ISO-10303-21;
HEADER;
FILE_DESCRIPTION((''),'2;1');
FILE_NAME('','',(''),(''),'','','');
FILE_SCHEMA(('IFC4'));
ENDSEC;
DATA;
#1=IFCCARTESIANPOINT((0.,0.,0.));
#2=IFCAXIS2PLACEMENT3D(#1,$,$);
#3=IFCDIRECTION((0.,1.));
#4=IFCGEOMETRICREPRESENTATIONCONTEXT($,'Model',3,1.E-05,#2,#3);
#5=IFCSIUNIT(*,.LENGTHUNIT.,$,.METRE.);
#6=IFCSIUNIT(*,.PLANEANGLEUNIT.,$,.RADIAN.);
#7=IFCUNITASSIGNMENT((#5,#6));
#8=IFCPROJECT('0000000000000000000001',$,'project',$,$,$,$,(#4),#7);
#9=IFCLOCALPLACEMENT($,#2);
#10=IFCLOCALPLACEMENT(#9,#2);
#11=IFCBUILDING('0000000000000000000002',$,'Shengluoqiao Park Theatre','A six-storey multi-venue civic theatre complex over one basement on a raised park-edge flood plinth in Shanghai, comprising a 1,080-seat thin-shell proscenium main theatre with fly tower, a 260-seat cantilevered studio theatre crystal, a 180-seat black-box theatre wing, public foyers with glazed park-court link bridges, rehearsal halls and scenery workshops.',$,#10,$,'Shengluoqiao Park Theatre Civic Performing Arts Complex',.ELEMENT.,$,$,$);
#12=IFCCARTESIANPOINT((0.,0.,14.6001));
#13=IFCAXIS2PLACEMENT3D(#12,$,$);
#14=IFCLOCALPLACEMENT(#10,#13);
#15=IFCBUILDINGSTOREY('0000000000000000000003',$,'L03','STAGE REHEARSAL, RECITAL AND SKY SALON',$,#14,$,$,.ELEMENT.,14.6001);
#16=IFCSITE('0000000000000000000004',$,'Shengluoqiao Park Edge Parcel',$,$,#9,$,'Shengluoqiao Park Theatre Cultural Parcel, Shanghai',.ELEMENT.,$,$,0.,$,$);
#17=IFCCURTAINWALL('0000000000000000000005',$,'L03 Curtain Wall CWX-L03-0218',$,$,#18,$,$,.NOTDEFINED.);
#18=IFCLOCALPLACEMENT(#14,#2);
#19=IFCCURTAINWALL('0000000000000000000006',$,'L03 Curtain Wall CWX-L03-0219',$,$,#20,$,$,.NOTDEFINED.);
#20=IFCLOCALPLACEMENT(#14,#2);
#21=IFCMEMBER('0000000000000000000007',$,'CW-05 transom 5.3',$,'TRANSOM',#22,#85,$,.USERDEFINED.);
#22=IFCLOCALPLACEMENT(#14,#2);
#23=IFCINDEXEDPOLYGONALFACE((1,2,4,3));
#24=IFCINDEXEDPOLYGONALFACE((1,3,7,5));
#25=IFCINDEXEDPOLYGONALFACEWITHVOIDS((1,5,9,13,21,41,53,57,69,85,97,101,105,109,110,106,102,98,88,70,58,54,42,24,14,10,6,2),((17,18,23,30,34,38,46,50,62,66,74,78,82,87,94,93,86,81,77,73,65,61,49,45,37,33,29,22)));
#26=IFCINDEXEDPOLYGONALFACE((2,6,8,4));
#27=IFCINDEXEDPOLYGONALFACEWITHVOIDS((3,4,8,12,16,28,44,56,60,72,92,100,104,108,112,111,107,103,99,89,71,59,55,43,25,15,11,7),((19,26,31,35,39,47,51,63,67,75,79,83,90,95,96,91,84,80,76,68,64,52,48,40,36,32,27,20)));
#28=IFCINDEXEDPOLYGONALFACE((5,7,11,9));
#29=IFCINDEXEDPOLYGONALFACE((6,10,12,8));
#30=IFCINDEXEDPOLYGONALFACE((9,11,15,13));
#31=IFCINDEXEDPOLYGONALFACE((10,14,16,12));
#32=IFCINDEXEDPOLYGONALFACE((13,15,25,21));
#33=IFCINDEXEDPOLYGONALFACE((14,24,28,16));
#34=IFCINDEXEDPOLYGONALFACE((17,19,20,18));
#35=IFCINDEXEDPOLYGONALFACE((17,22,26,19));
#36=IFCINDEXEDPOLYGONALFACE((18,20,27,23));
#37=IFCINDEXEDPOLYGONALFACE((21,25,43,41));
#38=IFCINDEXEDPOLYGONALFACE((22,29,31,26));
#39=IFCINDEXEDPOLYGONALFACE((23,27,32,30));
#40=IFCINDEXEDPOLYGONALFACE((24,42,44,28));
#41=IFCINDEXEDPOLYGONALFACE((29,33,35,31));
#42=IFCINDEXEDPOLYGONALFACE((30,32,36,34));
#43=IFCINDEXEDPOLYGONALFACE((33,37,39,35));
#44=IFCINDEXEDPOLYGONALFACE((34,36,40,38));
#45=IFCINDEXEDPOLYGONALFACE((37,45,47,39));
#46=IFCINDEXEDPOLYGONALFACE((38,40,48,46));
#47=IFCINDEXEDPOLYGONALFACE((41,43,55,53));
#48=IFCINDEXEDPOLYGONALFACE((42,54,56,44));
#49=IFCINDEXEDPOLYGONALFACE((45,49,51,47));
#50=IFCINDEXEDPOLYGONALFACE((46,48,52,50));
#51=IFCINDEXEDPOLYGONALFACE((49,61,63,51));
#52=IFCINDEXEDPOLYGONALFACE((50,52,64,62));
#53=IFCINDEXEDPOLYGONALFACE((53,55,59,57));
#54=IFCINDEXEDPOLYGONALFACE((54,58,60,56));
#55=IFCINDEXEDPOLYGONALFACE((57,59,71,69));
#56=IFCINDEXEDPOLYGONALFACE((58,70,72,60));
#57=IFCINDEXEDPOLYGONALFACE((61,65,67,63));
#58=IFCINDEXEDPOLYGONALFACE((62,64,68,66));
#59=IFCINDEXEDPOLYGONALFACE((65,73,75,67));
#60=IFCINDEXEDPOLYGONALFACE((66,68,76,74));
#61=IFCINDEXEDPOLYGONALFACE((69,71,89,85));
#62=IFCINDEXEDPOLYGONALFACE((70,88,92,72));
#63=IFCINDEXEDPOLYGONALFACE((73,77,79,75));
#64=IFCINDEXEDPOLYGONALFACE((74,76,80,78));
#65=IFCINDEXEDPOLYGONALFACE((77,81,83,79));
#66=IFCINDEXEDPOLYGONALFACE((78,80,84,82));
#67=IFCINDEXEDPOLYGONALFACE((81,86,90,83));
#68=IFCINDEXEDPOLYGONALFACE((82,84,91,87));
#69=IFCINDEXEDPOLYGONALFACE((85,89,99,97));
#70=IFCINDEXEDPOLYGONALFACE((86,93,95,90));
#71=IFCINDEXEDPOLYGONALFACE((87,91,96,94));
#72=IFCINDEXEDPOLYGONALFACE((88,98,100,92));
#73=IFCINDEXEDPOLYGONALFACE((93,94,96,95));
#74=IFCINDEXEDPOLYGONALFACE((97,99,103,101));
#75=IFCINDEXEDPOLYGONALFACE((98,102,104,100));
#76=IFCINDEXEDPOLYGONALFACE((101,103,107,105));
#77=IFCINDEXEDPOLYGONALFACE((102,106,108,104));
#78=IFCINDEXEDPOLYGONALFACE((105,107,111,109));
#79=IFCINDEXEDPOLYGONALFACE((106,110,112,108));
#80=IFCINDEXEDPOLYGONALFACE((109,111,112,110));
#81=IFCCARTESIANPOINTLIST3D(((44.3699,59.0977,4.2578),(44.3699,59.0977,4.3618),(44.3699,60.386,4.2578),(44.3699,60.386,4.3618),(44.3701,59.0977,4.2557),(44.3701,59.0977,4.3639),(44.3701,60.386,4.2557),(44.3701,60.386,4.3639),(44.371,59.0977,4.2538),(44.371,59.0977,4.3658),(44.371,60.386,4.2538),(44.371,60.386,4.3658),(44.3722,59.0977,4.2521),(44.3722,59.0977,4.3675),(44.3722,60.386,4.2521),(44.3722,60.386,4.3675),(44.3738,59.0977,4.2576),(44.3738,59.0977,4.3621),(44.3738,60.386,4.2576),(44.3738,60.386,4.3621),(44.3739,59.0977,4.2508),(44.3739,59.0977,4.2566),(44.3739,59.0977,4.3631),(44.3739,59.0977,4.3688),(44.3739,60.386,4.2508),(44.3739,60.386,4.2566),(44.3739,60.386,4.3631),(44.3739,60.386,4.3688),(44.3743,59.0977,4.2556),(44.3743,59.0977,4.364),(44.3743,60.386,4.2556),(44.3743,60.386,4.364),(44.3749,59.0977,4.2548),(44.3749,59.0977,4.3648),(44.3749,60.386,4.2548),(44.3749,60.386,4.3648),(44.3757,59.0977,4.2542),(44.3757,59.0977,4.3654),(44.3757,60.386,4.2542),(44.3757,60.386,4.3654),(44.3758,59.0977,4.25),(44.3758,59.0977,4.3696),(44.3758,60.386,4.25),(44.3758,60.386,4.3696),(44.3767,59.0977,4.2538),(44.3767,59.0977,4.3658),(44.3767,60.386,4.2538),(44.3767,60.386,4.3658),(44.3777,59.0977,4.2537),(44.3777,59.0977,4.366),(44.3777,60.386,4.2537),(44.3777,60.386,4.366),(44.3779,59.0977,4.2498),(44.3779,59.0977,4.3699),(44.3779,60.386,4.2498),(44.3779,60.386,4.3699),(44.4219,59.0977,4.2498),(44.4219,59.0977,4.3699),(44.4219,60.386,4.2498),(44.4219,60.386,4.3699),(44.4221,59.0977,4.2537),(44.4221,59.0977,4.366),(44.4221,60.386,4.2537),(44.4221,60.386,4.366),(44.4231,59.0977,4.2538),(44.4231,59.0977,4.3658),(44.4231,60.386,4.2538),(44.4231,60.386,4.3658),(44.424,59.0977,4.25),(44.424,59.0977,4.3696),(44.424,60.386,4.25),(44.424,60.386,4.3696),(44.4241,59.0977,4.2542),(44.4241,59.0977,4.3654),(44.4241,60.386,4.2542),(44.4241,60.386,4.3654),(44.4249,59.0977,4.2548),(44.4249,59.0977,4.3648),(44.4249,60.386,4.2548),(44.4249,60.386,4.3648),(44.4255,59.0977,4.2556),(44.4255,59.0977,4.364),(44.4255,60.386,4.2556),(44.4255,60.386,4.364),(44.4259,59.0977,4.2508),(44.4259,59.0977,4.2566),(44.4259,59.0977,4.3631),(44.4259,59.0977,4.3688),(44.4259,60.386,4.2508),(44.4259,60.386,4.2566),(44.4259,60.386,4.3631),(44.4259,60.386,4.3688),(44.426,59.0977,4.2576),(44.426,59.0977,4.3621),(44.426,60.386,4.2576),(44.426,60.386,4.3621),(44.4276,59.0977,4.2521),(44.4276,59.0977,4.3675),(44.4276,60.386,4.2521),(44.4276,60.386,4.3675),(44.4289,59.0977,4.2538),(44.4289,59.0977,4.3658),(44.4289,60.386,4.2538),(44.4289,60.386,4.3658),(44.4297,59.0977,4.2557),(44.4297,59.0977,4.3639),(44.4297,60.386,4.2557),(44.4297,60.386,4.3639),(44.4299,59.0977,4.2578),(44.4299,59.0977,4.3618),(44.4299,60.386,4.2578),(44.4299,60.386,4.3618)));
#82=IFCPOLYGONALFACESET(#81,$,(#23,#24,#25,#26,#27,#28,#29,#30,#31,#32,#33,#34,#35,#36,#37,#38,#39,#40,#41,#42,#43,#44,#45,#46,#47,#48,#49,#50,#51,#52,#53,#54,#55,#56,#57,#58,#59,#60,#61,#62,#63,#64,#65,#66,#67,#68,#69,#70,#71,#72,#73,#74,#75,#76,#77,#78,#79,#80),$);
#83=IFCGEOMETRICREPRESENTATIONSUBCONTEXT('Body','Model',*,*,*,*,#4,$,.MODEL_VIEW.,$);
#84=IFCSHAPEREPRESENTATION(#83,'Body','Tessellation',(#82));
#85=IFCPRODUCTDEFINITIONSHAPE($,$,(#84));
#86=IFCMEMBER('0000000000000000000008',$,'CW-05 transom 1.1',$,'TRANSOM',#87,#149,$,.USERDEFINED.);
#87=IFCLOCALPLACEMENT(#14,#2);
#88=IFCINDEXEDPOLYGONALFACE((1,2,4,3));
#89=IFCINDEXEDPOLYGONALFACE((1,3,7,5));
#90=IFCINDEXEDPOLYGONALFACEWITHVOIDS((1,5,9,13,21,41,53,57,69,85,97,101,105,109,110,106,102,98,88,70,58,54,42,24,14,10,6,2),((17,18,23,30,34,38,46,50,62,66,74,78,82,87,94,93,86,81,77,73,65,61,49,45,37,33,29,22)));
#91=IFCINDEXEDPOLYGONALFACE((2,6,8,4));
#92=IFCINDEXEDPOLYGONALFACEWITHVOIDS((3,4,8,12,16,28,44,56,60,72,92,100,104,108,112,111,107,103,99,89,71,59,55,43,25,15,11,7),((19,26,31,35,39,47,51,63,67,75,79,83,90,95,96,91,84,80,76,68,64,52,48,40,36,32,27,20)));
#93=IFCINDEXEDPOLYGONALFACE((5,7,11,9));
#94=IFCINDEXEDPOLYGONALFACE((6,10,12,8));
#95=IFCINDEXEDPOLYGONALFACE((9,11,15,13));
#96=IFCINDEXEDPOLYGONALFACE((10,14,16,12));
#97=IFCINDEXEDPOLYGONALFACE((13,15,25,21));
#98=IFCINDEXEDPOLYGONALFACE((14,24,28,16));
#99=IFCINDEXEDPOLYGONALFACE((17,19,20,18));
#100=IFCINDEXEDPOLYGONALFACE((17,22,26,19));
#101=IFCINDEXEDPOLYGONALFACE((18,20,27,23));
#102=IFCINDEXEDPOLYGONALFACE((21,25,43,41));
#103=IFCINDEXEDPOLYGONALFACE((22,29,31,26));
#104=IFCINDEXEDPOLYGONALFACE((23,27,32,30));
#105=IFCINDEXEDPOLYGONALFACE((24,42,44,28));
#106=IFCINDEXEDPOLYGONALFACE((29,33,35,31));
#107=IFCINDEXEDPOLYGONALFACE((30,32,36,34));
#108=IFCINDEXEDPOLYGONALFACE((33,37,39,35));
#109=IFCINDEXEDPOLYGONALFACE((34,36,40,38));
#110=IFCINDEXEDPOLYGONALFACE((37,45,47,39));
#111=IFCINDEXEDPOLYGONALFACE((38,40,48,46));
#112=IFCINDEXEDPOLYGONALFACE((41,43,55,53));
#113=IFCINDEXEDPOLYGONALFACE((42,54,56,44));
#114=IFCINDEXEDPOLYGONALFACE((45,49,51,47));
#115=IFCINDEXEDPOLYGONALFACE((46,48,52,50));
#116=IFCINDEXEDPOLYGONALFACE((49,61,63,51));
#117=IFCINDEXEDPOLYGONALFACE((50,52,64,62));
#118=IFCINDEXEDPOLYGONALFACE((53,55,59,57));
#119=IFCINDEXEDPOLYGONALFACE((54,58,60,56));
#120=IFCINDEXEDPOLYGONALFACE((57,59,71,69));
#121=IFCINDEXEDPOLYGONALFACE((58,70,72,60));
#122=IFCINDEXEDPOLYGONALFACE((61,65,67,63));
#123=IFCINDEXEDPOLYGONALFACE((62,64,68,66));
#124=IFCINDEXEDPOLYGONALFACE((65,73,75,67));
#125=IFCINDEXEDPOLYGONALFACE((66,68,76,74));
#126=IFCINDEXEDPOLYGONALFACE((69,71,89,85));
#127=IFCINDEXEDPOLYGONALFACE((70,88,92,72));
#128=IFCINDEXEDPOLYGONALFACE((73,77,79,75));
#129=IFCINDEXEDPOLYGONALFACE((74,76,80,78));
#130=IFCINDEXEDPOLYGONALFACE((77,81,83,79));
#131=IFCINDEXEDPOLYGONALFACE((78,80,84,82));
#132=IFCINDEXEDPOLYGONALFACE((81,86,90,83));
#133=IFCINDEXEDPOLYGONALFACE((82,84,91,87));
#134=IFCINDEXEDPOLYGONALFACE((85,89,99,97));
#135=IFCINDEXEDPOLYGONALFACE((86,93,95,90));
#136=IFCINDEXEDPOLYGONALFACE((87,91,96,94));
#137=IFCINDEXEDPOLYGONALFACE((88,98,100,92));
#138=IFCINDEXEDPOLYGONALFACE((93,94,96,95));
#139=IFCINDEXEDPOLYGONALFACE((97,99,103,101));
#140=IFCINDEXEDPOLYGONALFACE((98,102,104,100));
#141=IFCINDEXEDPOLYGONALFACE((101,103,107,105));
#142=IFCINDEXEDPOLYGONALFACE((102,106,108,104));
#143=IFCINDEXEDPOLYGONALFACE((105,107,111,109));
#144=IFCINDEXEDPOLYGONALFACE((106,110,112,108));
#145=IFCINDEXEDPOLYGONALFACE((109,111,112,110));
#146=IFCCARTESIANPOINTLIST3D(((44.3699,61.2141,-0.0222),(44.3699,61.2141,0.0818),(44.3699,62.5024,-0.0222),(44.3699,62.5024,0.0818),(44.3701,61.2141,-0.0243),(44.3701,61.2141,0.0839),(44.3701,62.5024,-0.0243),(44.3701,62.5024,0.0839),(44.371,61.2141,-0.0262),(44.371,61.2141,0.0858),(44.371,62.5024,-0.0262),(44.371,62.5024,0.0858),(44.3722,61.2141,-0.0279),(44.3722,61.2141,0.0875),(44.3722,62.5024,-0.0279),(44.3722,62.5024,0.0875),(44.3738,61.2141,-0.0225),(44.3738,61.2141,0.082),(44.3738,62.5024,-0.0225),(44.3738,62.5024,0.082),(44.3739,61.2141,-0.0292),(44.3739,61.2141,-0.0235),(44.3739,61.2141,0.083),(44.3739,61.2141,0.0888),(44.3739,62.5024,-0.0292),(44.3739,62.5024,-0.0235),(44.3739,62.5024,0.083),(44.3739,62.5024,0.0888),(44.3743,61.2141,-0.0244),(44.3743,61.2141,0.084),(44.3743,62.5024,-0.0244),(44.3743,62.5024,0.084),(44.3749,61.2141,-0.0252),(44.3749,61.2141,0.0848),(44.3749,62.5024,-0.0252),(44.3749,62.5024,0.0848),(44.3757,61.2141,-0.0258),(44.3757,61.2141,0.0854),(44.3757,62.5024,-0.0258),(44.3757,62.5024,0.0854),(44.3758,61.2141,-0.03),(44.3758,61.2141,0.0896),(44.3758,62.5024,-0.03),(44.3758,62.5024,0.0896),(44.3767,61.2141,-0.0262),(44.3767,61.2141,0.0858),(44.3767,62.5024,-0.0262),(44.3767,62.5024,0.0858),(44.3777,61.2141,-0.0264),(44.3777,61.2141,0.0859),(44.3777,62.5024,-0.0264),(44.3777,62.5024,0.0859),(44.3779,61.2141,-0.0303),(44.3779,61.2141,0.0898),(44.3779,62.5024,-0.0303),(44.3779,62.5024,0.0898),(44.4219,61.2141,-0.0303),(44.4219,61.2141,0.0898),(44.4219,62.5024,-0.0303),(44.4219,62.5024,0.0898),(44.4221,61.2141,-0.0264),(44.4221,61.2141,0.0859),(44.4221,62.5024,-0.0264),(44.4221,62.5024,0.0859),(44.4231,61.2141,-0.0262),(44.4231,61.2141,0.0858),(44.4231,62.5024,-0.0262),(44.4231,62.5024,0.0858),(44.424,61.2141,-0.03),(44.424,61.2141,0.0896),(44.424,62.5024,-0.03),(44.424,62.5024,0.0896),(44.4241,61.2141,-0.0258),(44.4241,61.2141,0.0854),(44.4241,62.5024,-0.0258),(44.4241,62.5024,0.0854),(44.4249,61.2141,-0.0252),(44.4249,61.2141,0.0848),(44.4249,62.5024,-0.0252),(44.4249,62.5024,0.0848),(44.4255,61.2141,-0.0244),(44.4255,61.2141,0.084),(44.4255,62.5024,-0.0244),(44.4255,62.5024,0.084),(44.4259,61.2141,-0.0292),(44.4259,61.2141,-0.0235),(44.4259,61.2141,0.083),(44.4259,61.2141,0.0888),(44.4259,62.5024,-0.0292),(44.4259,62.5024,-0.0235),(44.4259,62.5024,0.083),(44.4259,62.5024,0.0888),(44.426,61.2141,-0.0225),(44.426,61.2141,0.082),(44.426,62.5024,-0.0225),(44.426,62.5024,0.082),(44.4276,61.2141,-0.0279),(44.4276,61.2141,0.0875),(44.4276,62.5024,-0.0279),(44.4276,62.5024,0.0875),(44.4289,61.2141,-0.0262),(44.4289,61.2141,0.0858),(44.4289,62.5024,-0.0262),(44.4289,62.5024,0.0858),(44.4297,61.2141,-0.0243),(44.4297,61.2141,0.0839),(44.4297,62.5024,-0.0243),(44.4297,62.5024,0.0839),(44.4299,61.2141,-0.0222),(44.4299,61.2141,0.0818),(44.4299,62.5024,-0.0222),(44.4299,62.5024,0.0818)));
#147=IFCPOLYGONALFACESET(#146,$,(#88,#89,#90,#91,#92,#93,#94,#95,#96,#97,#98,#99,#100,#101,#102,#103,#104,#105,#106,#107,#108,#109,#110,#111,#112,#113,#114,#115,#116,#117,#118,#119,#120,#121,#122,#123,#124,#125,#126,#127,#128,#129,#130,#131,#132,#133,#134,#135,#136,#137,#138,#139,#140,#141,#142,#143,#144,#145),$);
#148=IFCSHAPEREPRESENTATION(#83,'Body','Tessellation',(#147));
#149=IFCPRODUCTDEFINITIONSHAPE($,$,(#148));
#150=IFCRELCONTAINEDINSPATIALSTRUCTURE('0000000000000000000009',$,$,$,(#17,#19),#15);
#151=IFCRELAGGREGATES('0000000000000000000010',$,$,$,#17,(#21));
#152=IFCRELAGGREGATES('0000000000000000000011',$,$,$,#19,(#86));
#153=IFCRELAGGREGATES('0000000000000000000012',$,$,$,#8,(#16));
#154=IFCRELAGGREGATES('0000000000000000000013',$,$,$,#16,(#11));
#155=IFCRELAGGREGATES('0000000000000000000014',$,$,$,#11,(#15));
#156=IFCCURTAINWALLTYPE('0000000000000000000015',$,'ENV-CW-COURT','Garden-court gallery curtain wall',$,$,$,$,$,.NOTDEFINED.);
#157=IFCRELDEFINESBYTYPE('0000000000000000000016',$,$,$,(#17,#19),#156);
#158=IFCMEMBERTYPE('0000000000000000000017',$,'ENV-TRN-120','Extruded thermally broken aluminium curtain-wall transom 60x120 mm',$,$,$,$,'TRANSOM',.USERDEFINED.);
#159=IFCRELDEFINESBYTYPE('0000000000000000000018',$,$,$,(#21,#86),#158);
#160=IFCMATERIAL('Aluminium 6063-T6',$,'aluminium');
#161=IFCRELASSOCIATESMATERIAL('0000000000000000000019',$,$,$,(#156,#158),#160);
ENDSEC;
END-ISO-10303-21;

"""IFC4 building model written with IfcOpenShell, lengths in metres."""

from ifc_helpers import new_model, si_unit, direction, frame, origin, origin_2d, place, context, subcontext, project, spatial, hollow_rectangle, extrude, material, material_profile, profile_set, type_object, element, aggregate, save


model = new_model("IFC4")

# Units and contexts
model_context = context("Model", 3, precision=1e-05, world=origin(), true_north=direction((0.0, 1.0)))
body_context = subcontext(model_context, "Body", "Model", "MODEL_VIEW")
ifc_project = project(units=[si_unit("LENGTHUNIT", "METRE"), si_unit("PLANEANGLEUNIT", "RADIAN")], contexts=[model_context])

# Site, building, storey
site_placement = place(None, origin())
site = spatial("IfcSite", under=ifc_project, at=site_placement, Name="Shengluoqiao Park Edge Parcel", LongName="Shengluoqiao Park Theatre Cultural Parcel, Shanghai", CompositionType="ELEMENT", RefElevation=0.0)
building_placement = place(site_placement, origin())
building = spatial("IfcBuilding", under=site, at=building_placement, Name="Shengluoqiao Park Theatre", Description="A six-storey multi-venue civic theatre complex over one basement on a raised park-edge flood plinth in Shanghai, comprising a 1,080-seat thin-shell proscenium main theatre with fly tower, a 260-seat cantilevered studio theatre crystal, a 180-seat black-box theatre wing, public foyers with glazed park-court link bridges, rehearsal halls and scenery workshops.", LongName="Shengluoqiao Park Theatre Civic Performing Arts Complex", CompositionType="ELEMENT")
storey_placement = place(building_placement, frame((0.0, 0.0, 14.6001)))
storey = spatial("IfcBuildingStorey", under=building, at=storey_placement, Name="L03", Description="STAGE REHEARSAL, RECITAL AND SKY SALON", CompositionType="ELEMENT", Elevation=14.6001)

# Curtain walls
ifc_material_1 = material(Name="Aluminium 6063-T6", Category="aluminium")
curtain_wall_type = type_object("IfcCurtainWallType", Name="ENV-CW-COURT", Description="Garden-court gallery curtain wall", PredefinedType="NOTDEFINED", material=ifc_material_1)
curtain_wall_1_placement = place(storey_placement, origin())
curtain_wall_1 = element("IfcCurtainWall", 1, at=curtain_wall_1_placement, inside=storey, type_object=curtain_wall_type, Name="L03 Curtain Wall CWX-L03-0218", PredefinedType="NOTDEFINED")
curtain_wall_2_placement = place(storey_placement, origin())
curtain_wall_2 = element("IfcCurtainWall", 2, at=curtain_wall_2_placement, inside=storey, type_object=curtain_wall_type, Name="L03 Curtain Wall CWX-L03-0219", PredefinedType="NOTDEFINED")

# Members
ifc_material_profile_1 = material_profile(ifc_material_1, hollow_rectangle(XDim=0.0601, YDim=0.1201, WallThickness=0.0039, InnerFilletRadius=0.0039, OuterFilletRadius=0.0081, at=origin_2d()), Name="ALU TRANSOM 120x60x4")
ifc_profile_set_1 = profile_set([ifc_material_profile_1], Name="Aluminium 6063-T6")
member_type_1 = type_object("IfcMemberType", Name="ENV-TRN-120", Description="Extruded thermally broken aluminium curtain-wall transom 60x120 mm", ElementType="TRANSOM", PredefinedType="USERDEFINED", material=ifc_profile_set_1)
member_1_placement = place(storey_placement, frame((44.3999, 59.0977, 4.3098), z_axis=(0.0, 1.0, 0.0), x_axis=(-1.0, 0.0, 0.0)))
member_1 = element("IfcMember", 3, at=member_1_placement, type_object=member_type_1, Name="CW-05 transom 5.3", ObjectType="TRANSOM", PredefinedType="USERDEFINED", context=body_context, shape_type="SweptSolid", body=[
    extrude(hollow_rectangle(XDim=0.0601, YDim=0.1201, WallThickness=0.0039, InnerFilletRadius=0.0039, OuterFilletRadius=0.0081, at=origin_2d()), origin(), (0.0, 0.0, 1.0), 1.2883),
])
member_2_placement = place(storey_placement, frame((44.3999, 61.2141, 0.0298), z_axis=(0.0, 1.0, 0.0), x_axis=(-1.0, 0.0, 0.0)))
member_2 = element("IfcMember", 4, at=member_2_placement, type_object=member_type_1, Name="CW-05 transom 1.1", ObjectType="TRANSOM", PredefinedType="USERDEFINED", context=body_context, shape_type="SweptSolid", body=[
    extrude(hollow_rectangle(XDim=0.0601, YDim=0.1201, WallThickness=0.0039, InnerFilletRadius=0.0039, OuterFilletRadius=0.0081, at=origin_2d()), origin(), (0.0, 0.0, 1.0), 1.2883),
])

aggregate(curtain_wall_1, [member_1])
aggregate(curtain_wall_2, [member_2])

save(model, "model.ifc")
